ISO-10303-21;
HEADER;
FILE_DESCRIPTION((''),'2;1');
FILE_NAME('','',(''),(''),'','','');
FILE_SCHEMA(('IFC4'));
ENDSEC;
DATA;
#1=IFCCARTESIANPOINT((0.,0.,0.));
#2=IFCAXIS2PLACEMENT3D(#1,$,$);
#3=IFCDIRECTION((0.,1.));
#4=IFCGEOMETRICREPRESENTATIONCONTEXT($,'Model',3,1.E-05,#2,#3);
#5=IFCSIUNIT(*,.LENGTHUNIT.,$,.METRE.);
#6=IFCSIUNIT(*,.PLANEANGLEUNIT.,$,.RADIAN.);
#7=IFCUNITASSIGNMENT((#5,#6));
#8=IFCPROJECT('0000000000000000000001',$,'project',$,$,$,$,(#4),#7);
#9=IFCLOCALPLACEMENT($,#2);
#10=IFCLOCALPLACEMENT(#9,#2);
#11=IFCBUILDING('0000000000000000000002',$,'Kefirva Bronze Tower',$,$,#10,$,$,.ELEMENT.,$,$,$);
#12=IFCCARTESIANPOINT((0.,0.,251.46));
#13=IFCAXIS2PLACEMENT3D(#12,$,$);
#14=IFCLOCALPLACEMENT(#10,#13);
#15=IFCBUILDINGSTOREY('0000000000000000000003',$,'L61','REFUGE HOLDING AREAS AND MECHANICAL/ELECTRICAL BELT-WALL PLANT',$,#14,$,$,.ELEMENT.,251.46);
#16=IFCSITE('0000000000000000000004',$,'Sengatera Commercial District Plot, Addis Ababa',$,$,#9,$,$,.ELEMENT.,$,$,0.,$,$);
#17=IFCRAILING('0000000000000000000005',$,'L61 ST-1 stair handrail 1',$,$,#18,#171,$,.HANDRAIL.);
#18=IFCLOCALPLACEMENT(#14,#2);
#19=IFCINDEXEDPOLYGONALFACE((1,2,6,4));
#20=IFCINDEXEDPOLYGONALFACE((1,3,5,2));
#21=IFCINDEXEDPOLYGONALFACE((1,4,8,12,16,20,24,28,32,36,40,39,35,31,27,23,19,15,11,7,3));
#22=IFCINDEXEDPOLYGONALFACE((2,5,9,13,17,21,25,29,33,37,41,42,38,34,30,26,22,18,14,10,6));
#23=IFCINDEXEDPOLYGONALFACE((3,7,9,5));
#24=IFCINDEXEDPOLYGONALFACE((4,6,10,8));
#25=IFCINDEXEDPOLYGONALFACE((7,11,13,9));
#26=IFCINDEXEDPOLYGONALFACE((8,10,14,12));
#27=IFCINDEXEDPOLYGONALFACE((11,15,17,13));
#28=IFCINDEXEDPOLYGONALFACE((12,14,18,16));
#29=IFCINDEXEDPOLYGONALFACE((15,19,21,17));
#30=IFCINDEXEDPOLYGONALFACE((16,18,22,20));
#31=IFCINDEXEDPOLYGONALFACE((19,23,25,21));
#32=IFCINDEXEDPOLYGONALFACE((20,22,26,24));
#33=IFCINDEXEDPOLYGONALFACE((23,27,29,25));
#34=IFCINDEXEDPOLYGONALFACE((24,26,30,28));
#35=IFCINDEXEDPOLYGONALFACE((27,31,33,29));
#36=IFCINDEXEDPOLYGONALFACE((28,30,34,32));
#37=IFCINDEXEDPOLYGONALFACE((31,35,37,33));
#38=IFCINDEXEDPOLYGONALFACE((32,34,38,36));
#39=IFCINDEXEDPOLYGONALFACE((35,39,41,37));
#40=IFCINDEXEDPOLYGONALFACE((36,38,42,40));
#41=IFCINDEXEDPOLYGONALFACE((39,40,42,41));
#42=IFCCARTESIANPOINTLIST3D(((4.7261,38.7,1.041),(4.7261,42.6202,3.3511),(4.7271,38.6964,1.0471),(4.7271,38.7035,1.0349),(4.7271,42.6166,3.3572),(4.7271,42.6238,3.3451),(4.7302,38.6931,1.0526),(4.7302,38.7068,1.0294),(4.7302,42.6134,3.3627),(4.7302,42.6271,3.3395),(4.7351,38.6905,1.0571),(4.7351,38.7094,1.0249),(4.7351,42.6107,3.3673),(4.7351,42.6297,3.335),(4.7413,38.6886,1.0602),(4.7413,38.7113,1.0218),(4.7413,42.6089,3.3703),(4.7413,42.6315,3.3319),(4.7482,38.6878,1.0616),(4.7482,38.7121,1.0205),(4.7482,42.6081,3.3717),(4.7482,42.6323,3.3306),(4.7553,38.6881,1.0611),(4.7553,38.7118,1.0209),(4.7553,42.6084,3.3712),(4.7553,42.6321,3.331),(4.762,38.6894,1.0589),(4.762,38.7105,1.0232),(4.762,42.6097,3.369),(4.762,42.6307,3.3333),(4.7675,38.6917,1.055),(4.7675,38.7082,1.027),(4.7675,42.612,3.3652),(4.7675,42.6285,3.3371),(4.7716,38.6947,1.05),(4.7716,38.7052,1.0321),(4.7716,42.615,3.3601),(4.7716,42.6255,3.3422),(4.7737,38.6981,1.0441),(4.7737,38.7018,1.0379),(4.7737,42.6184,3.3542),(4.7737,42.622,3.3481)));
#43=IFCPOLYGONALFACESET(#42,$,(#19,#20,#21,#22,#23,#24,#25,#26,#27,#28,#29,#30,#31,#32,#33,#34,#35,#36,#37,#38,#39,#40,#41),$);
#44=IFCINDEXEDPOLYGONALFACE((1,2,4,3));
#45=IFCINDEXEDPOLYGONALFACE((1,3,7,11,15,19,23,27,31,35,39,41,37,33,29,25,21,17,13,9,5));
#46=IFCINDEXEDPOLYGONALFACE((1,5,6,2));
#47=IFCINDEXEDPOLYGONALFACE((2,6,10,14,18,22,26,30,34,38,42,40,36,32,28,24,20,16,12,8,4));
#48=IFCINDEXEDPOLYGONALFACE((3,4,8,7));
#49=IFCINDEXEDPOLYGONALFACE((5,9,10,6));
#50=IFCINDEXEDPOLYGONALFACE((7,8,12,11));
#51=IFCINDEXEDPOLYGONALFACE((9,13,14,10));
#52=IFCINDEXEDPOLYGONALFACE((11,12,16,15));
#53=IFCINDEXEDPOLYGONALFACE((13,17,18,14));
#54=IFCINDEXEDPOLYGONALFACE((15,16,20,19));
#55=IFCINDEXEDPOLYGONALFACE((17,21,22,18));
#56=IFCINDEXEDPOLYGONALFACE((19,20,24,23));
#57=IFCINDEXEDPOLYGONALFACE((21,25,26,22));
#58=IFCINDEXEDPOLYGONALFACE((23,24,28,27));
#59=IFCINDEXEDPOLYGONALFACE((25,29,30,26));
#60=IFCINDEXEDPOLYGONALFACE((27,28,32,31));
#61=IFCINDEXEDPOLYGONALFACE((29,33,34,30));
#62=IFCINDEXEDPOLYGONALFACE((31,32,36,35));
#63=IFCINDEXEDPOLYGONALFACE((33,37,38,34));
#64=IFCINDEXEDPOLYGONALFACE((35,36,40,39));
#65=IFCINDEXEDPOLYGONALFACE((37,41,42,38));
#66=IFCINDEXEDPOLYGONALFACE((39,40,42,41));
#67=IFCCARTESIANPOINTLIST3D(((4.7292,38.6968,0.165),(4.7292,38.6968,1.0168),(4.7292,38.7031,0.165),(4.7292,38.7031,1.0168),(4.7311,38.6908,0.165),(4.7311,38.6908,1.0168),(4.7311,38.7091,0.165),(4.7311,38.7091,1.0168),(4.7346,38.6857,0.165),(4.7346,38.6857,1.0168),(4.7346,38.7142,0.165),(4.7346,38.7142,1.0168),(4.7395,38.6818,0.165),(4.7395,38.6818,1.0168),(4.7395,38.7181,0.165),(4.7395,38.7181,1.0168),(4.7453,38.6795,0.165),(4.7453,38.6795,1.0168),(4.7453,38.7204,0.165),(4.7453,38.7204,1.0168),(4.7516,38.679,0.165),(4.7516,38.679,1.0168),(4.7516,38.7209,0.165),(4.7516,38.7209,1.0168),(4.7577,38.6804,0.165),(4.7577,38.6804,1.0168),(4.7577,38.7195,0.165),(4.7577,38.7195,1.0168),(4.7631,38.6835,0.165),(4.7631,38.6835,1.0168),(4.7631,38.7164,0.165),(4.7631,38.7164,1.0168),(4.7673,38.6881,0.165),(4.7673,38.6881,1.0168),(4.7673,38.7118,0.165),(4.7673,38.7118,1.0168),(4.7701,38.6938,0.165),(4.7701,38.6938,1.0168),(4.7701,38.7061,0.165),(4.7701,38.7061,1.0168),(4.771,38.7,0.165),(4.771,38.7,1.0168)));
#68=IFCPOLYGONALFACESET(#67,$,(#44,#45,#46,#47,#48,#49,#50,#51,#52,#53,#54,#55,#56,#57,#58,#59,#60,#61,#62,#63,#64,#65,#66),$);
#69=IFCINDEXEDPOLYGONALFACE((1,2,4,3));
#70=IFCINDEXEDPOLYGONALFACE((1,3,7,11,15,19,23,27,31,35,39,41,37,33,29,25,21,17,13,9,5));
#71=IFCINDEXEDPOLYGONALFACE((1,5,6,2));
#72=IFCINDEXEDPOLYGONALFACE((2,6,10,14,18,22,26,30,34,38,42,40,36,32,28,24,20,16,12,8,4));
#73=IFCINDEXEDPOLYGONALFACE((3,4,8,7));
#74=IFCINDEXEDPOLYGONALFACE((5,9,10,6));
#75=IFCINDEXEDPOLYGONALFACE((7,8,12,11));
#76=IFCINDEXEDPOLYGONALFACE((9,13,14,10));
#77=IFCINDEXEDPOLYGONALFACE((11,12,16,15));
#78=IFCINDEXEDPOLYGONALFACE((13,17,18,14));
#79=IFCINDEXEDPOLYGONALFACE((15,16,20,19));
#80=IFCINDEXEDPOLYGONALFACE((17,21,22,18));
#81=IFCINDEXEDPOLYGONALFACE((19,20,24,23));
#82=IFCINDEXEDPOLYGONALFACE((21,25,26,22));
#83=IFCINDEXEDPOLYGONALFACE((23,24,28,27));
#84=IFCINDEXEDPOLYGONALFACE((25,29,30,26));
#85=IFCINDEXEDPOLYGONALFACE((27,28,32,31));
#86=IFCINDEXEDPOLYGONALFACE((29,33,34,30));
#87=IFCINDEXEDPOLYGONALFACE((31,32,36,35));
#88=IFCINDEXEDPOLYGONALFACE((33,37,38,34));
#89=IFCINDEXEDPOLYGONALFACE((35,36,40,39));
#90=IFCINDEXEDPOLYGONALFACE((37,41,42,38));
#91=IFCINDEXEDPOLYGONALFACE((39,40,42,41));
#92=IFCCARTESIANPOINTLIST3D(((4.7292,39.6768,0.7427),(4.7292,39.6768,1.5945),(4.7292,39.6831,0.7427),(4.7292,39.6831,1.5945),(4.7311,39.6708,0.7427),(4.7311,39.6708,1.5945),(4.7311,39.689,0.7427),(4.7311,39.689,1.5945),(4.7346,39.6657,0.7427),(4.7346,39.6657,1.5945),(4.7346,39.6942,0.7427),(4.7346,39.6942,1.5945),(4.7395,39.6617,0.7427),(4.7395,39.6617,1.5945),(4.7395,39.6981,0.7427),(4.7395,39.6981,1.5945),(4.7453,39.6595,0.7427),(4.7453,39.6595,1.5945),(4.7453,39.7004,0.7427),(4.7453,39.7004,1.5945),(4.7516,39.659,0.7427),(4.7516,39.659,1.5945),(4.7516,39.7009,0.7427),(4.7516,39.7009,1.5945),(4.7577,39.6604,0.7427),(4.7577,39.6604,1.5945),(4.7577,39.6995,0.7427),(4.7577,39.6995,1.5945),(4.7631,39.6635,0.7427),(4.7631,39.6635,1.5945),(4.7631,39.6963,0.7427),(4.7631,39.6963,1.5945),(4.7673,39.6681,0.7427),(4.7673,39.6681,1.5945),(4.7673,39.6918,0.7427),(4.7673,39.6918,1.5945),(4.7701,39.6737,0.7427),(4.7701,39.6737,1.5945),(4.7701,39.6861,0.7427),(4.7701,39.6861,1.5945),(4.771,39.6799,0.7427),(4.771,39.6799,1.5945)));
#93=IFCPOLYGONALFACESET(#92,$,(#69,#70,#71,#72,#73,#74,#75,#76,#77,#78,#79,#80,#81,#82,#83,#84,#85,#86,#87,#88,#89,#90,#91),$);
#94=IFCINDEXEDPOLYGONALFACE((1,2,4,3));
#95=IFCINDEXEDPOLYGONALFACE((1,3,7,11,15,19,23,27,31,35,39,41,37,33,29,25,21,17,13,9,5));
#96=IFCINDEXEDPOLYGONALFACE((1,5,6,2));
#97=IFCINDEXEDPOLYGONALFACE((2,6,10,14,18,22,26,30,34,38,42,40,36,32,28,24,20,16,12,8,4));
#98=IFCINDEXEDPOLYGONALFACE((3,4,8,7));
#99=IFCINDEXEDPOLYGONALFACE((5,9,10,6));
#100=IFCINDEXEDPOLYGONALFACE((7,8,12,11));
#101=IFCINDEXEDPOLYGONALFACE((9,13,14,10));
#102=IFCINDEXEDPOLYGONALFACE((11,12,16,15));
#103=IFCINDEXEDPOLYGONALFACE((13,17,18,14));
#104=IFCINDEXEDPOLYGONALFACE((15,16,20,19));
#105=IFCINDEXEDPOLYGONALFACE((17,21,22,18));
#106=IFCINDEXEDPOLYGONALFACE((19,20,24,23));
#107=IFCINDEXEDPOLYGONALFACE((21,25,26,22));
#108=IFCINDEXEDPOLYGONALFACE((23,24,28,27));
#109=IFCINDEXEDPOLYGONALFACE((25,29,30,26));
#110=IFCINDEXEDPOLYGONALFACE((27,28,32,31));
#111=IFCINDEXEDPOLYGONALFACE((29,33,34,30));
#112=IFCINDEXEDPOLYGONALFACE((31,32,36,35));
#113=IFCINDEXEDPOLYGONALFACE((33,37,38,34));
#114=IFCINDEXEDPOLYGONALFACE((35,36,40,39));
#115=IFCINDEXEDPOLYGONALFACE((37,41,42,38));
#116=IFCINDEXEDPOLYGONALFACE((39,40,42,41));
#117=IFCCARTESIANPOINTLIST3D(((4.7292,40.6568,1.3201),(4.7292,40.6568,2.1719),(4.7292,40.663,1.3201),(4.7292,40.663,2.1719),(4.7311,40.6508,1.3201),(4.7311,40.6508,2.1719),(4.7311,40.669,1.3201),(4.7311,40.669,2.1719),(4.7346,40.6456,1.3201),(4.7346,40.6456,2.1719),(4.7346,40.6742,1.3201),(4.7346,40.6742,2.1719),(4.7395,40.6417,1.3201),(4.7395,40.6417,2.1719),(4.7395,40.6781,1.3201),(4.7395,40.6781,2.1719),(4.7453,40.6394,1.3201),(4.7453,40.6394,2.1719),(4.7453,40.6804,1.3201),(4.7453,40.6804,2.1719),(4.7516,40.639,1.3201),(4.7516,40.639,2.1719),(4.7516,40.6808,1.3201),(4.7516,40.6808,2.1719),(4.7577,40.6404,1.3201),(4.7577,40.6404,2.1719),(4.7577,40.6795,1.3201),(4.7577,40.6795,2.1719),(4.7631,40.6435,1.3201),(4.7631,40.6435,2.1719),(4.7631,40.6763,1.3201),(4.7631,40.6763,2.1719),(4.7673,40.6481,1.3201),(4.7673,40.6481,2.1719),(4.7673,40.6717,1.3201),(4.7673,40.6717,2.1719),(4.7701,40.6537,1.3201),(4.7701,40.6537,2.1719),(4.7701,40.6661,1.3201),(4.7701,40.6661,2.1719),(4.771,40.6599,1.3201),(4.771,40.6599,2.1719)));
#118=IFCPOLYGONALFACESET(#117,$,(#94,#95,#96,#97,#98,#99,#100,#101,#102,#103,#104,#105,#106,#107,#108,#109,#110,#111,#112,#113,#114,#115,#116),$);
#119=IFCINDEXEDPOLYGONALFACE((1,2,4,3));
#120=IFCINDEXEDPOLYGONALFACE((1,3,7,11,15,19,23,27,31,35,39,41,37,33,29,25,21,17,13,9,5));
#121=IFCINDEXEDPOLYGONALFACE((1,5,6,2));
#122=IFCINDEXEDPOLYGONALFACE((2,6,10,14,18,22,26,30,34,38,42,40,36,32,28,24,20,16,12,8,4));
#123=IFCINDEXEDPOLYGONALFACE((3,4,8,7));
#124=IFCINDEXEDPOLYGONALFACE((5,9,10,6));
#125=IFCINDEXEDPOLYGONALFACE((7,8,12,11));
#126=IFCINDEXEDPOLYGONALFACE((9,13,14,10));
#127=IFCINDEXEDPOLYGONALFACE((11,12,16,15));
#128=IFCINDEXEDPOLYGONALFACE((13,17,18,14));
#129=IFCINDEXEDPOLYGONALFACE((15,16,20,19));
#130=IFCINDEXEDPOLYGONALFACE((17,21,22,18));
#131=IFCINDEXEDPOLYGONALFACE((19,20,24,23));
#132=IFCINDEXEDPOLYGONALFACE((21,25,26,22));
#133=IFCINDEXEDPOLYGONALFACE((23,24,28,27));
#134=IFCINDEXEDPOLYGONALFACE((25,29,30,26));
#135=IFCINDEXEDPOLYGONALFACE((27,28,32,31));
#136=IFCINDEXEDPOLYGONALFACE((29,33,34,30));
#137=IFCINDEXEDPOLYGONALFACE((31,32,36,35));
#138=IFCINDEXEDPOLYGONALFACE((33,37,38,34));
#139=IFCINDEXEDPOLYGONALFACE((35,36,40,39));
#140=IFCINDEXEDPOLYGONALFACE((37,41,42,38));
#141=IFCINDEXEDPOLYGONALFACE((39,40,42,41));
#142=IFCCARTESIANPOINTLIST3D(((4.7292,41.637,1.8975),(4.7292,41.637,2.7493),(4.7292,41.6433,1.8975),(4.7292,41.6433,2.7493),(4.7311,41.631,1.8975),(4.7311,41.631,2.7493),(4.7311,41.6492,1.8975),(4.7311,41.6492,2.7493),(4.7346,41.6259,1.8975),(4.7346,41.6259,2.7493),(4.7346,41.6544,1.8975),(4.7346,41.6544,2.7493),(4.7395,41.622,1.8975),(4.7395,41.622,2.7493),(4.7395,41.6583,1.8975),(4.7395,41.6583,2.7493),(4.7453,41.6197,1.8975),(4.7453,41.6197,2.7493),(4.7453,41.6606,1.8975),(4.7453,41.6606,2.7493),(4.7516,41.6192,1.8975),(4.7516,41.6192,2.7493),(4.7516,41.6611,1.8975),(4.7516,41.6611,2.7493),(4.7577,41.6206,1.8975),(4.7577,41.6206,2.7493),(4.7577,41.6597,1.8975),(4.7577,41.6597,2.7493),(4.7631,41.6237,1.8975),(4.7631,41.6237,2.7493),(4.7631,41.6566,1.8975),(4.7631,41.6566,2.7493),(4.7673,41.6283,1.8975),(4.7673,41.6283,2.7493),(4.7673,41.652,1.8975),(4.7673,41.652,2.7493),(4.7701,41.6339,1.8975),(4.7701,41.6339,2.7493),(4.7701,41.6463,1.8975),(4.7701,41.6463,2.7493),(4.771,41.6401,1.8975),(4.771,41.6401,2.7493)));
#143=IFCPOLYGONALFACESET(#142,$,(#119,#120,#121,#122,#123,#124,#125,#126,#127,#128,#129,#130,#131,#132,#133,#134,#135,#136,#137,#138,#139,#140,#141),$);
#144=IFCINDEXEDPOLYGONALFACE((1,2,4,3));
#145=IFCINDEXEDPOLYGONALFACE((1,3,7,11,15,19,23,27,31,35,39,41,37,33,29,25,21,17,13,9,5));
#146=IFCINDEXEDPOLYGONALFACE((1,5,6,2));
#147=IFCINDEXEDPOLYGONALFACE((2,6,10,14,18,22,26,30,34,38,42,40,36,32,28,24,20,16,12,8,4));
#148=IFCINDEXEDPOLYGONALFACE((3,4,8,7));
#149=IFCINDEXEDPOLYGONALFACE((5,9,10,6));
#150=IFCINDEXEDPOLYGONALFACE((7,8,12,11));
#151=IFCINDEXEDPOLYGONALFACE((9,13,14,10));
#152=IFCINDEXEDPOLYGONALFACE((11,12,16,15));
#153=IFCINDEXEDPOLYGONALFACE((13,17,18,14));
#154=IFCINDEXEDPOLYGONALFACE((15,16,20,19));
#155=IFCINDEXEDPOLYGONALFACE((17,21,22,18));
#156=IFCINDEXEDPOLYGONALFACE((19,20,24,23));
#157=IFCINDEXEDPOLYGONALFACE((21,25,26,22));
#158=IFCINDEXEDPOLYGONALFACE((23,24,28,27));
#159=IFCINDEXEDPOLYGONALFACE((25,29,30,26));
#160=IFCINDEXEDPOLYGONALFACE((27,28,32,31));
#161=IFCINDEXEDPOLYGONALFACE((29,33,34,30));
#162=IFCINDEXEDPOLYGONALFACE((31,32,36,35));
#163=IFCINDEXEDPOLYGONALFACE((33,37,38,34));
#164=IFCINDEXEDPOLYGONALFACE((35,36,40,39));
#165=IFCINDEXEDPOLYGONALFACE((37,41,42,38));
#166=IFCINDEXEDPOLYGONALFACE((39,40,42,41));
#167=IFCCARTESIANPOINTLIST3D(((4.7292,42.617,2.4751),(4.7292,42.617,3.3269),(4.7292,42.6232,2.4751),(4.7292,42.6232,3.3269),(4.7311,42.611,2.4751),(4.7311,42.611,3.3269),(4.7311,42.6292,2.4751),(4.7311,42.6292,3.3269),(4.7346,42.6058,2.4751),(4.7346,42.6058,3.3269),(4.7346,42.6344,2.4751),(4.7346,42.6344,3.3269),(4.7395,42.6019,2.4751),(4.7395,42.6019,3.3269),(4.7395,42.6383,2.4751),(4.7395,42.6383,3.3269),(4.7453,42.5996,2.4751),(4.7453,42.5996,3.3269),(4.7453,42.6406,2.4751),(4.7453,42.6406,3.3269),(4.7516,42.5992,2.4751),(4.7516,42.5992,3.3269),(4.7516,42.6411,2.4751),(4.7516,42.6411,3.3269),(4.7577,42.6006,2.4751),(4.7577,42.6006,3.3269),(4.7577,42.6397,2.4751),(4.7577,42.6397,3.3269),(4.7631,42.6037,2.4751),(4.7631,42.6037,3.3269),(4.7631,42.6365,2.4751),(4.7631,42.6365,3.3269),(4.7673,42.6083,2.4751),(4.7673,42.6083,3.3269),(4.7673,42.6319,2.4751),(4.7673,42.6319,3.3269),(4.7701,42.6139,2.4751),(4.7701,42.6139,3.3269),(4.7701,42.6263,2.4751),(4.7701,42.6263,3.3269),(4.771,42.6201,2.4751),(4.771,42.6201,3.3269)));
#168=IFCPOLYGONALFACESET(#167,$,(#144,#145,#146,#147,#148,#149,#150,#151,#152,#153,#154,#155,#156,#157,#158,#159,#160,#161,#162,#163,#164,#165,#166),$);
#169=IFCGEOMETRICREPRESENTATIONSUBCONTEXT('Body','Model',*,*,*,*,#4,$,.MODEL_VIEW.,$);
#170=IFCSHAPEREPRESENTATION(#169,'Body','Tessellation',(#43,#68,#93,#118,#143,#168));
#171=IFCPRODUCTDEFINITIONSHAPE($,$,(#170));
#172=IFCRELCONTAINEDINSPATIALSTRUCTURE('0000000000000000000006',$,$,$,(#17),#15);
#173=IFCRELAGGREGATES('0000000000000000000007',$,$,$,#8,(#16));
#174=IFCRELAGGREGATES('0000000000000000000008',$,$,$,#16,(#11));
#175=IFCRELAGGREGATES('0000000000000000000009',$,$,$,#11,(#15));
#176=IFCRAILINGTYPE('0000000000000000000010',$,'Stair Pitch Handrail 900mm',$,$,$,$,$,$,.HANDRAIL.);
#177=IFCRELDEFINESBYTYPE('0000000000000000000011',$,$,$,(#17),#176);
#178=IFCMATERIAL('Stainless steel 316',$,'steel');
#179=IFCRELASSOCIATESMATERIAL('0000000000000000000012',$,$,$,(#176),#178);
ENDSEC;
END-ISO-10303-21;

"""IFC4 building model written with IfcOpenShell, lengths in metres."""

from ifc_helpers import new_model, si_unit, direction, frame, origin, origin_2d, place, context, subcontext, project, spatial, circle, extrude, material, type_object, element, save


model = new_model("IFC4")

# Units and contexts
model_context = context("Model", 3, precision=1e-05, world=origin(), true_north=direction((0.0, 1.0)))
body_context = subcontext(model_context, "Body", "Model", "MODEL_VIEW")
ifc_project = project(units=[si_unit("LENGTHUNIT", "METRE"), si_unit("PLANEANGLEUNIT", "RADIAN")], contexts=[model_context])

# Site, building, storey
site_placement = place(None, origin())
site = spatial("IfcSite", under=ifc_project, at=site_placement, Name="Sengatera Commercial District Plot, Addis Ababa", CompositionType="ELEMENT", RefElevation=0.0)
building_placement = place(site_placement, origin())
building = spatial("IfcBuilding", under=site, at=building_placement, Name="Kefirva Bronze Tower", CompositionType="ELEMENT")
storey_placement = place(building_placement, frame((0.0, 0.0, 251.46)))
storey = spatial("IfcBuildingStorey", under=building, at=storey_placement, Name="L61", Description="REFUGE HOLDING AREAS AND MECHANICAL/ELECTRICAL BELT-WALL PLANT", CompositionType="ELEMENT", Elevation=251.46)

# Shared definitions
ifc_material_1 = material(Name="Stainless steel 316", Category="steel")

# Railing
railing_type_1 = type_object("IfcRailingType", Name="Stair Pitch Handrail 900mm", PredefinedType="HANDRAIL", material=ifc_material_1)
railing_1_placement = place(storey_placement, frame((4.75, 38.7, 0.165)))
element("IfcRailing", 1, at=railing_1_placement, inside=storey, type_object=railing_type_1, Name="L61 ST-1 stair handrail 1", PredefinedType="HANDRAIL", context=body_context, shape_type="SweptSolid", body=[
    extrude(circle(Radius=0.0239, at=origin_2d()), frame((0.0, 0.0, 0.876), z_axis=(0.0, 0.861542, 0.507686), x_axis=(-1.0, 0.0, 0.0)), (0.0, 0.0, 1.0), 4.5503),
    extrude(circle(Radius=0.021, at=origin_2d()), origin(), (0.0, 0.0, 1.0), 0.8518),
    extrude(circle(Radius=0.021, at=origin_2d()), frame((0.0, 0.98, 0.5776)), (0.0, 0.0, 1.0), 0.8518),
    extrude(circle(Radius=0.021, at=origin_2d()), frame((0.0, 1.96, 1.155)), (0.0, 0.0, 1.0), 0.8518),
    extrude(circle(Radius=0.021, at=origin_2d()), frame((0.0, 2.9402, 1.7324)), (0.0, 0.0, 1.0), 0.8518),
    extrude(circle(Radius=0.021, at=origin_2d()), frame((0.0, 3.9202, 2.3101)), (0.0, 0.0, 1.0), 0.8518),
])

save(model, "model.ifc")
